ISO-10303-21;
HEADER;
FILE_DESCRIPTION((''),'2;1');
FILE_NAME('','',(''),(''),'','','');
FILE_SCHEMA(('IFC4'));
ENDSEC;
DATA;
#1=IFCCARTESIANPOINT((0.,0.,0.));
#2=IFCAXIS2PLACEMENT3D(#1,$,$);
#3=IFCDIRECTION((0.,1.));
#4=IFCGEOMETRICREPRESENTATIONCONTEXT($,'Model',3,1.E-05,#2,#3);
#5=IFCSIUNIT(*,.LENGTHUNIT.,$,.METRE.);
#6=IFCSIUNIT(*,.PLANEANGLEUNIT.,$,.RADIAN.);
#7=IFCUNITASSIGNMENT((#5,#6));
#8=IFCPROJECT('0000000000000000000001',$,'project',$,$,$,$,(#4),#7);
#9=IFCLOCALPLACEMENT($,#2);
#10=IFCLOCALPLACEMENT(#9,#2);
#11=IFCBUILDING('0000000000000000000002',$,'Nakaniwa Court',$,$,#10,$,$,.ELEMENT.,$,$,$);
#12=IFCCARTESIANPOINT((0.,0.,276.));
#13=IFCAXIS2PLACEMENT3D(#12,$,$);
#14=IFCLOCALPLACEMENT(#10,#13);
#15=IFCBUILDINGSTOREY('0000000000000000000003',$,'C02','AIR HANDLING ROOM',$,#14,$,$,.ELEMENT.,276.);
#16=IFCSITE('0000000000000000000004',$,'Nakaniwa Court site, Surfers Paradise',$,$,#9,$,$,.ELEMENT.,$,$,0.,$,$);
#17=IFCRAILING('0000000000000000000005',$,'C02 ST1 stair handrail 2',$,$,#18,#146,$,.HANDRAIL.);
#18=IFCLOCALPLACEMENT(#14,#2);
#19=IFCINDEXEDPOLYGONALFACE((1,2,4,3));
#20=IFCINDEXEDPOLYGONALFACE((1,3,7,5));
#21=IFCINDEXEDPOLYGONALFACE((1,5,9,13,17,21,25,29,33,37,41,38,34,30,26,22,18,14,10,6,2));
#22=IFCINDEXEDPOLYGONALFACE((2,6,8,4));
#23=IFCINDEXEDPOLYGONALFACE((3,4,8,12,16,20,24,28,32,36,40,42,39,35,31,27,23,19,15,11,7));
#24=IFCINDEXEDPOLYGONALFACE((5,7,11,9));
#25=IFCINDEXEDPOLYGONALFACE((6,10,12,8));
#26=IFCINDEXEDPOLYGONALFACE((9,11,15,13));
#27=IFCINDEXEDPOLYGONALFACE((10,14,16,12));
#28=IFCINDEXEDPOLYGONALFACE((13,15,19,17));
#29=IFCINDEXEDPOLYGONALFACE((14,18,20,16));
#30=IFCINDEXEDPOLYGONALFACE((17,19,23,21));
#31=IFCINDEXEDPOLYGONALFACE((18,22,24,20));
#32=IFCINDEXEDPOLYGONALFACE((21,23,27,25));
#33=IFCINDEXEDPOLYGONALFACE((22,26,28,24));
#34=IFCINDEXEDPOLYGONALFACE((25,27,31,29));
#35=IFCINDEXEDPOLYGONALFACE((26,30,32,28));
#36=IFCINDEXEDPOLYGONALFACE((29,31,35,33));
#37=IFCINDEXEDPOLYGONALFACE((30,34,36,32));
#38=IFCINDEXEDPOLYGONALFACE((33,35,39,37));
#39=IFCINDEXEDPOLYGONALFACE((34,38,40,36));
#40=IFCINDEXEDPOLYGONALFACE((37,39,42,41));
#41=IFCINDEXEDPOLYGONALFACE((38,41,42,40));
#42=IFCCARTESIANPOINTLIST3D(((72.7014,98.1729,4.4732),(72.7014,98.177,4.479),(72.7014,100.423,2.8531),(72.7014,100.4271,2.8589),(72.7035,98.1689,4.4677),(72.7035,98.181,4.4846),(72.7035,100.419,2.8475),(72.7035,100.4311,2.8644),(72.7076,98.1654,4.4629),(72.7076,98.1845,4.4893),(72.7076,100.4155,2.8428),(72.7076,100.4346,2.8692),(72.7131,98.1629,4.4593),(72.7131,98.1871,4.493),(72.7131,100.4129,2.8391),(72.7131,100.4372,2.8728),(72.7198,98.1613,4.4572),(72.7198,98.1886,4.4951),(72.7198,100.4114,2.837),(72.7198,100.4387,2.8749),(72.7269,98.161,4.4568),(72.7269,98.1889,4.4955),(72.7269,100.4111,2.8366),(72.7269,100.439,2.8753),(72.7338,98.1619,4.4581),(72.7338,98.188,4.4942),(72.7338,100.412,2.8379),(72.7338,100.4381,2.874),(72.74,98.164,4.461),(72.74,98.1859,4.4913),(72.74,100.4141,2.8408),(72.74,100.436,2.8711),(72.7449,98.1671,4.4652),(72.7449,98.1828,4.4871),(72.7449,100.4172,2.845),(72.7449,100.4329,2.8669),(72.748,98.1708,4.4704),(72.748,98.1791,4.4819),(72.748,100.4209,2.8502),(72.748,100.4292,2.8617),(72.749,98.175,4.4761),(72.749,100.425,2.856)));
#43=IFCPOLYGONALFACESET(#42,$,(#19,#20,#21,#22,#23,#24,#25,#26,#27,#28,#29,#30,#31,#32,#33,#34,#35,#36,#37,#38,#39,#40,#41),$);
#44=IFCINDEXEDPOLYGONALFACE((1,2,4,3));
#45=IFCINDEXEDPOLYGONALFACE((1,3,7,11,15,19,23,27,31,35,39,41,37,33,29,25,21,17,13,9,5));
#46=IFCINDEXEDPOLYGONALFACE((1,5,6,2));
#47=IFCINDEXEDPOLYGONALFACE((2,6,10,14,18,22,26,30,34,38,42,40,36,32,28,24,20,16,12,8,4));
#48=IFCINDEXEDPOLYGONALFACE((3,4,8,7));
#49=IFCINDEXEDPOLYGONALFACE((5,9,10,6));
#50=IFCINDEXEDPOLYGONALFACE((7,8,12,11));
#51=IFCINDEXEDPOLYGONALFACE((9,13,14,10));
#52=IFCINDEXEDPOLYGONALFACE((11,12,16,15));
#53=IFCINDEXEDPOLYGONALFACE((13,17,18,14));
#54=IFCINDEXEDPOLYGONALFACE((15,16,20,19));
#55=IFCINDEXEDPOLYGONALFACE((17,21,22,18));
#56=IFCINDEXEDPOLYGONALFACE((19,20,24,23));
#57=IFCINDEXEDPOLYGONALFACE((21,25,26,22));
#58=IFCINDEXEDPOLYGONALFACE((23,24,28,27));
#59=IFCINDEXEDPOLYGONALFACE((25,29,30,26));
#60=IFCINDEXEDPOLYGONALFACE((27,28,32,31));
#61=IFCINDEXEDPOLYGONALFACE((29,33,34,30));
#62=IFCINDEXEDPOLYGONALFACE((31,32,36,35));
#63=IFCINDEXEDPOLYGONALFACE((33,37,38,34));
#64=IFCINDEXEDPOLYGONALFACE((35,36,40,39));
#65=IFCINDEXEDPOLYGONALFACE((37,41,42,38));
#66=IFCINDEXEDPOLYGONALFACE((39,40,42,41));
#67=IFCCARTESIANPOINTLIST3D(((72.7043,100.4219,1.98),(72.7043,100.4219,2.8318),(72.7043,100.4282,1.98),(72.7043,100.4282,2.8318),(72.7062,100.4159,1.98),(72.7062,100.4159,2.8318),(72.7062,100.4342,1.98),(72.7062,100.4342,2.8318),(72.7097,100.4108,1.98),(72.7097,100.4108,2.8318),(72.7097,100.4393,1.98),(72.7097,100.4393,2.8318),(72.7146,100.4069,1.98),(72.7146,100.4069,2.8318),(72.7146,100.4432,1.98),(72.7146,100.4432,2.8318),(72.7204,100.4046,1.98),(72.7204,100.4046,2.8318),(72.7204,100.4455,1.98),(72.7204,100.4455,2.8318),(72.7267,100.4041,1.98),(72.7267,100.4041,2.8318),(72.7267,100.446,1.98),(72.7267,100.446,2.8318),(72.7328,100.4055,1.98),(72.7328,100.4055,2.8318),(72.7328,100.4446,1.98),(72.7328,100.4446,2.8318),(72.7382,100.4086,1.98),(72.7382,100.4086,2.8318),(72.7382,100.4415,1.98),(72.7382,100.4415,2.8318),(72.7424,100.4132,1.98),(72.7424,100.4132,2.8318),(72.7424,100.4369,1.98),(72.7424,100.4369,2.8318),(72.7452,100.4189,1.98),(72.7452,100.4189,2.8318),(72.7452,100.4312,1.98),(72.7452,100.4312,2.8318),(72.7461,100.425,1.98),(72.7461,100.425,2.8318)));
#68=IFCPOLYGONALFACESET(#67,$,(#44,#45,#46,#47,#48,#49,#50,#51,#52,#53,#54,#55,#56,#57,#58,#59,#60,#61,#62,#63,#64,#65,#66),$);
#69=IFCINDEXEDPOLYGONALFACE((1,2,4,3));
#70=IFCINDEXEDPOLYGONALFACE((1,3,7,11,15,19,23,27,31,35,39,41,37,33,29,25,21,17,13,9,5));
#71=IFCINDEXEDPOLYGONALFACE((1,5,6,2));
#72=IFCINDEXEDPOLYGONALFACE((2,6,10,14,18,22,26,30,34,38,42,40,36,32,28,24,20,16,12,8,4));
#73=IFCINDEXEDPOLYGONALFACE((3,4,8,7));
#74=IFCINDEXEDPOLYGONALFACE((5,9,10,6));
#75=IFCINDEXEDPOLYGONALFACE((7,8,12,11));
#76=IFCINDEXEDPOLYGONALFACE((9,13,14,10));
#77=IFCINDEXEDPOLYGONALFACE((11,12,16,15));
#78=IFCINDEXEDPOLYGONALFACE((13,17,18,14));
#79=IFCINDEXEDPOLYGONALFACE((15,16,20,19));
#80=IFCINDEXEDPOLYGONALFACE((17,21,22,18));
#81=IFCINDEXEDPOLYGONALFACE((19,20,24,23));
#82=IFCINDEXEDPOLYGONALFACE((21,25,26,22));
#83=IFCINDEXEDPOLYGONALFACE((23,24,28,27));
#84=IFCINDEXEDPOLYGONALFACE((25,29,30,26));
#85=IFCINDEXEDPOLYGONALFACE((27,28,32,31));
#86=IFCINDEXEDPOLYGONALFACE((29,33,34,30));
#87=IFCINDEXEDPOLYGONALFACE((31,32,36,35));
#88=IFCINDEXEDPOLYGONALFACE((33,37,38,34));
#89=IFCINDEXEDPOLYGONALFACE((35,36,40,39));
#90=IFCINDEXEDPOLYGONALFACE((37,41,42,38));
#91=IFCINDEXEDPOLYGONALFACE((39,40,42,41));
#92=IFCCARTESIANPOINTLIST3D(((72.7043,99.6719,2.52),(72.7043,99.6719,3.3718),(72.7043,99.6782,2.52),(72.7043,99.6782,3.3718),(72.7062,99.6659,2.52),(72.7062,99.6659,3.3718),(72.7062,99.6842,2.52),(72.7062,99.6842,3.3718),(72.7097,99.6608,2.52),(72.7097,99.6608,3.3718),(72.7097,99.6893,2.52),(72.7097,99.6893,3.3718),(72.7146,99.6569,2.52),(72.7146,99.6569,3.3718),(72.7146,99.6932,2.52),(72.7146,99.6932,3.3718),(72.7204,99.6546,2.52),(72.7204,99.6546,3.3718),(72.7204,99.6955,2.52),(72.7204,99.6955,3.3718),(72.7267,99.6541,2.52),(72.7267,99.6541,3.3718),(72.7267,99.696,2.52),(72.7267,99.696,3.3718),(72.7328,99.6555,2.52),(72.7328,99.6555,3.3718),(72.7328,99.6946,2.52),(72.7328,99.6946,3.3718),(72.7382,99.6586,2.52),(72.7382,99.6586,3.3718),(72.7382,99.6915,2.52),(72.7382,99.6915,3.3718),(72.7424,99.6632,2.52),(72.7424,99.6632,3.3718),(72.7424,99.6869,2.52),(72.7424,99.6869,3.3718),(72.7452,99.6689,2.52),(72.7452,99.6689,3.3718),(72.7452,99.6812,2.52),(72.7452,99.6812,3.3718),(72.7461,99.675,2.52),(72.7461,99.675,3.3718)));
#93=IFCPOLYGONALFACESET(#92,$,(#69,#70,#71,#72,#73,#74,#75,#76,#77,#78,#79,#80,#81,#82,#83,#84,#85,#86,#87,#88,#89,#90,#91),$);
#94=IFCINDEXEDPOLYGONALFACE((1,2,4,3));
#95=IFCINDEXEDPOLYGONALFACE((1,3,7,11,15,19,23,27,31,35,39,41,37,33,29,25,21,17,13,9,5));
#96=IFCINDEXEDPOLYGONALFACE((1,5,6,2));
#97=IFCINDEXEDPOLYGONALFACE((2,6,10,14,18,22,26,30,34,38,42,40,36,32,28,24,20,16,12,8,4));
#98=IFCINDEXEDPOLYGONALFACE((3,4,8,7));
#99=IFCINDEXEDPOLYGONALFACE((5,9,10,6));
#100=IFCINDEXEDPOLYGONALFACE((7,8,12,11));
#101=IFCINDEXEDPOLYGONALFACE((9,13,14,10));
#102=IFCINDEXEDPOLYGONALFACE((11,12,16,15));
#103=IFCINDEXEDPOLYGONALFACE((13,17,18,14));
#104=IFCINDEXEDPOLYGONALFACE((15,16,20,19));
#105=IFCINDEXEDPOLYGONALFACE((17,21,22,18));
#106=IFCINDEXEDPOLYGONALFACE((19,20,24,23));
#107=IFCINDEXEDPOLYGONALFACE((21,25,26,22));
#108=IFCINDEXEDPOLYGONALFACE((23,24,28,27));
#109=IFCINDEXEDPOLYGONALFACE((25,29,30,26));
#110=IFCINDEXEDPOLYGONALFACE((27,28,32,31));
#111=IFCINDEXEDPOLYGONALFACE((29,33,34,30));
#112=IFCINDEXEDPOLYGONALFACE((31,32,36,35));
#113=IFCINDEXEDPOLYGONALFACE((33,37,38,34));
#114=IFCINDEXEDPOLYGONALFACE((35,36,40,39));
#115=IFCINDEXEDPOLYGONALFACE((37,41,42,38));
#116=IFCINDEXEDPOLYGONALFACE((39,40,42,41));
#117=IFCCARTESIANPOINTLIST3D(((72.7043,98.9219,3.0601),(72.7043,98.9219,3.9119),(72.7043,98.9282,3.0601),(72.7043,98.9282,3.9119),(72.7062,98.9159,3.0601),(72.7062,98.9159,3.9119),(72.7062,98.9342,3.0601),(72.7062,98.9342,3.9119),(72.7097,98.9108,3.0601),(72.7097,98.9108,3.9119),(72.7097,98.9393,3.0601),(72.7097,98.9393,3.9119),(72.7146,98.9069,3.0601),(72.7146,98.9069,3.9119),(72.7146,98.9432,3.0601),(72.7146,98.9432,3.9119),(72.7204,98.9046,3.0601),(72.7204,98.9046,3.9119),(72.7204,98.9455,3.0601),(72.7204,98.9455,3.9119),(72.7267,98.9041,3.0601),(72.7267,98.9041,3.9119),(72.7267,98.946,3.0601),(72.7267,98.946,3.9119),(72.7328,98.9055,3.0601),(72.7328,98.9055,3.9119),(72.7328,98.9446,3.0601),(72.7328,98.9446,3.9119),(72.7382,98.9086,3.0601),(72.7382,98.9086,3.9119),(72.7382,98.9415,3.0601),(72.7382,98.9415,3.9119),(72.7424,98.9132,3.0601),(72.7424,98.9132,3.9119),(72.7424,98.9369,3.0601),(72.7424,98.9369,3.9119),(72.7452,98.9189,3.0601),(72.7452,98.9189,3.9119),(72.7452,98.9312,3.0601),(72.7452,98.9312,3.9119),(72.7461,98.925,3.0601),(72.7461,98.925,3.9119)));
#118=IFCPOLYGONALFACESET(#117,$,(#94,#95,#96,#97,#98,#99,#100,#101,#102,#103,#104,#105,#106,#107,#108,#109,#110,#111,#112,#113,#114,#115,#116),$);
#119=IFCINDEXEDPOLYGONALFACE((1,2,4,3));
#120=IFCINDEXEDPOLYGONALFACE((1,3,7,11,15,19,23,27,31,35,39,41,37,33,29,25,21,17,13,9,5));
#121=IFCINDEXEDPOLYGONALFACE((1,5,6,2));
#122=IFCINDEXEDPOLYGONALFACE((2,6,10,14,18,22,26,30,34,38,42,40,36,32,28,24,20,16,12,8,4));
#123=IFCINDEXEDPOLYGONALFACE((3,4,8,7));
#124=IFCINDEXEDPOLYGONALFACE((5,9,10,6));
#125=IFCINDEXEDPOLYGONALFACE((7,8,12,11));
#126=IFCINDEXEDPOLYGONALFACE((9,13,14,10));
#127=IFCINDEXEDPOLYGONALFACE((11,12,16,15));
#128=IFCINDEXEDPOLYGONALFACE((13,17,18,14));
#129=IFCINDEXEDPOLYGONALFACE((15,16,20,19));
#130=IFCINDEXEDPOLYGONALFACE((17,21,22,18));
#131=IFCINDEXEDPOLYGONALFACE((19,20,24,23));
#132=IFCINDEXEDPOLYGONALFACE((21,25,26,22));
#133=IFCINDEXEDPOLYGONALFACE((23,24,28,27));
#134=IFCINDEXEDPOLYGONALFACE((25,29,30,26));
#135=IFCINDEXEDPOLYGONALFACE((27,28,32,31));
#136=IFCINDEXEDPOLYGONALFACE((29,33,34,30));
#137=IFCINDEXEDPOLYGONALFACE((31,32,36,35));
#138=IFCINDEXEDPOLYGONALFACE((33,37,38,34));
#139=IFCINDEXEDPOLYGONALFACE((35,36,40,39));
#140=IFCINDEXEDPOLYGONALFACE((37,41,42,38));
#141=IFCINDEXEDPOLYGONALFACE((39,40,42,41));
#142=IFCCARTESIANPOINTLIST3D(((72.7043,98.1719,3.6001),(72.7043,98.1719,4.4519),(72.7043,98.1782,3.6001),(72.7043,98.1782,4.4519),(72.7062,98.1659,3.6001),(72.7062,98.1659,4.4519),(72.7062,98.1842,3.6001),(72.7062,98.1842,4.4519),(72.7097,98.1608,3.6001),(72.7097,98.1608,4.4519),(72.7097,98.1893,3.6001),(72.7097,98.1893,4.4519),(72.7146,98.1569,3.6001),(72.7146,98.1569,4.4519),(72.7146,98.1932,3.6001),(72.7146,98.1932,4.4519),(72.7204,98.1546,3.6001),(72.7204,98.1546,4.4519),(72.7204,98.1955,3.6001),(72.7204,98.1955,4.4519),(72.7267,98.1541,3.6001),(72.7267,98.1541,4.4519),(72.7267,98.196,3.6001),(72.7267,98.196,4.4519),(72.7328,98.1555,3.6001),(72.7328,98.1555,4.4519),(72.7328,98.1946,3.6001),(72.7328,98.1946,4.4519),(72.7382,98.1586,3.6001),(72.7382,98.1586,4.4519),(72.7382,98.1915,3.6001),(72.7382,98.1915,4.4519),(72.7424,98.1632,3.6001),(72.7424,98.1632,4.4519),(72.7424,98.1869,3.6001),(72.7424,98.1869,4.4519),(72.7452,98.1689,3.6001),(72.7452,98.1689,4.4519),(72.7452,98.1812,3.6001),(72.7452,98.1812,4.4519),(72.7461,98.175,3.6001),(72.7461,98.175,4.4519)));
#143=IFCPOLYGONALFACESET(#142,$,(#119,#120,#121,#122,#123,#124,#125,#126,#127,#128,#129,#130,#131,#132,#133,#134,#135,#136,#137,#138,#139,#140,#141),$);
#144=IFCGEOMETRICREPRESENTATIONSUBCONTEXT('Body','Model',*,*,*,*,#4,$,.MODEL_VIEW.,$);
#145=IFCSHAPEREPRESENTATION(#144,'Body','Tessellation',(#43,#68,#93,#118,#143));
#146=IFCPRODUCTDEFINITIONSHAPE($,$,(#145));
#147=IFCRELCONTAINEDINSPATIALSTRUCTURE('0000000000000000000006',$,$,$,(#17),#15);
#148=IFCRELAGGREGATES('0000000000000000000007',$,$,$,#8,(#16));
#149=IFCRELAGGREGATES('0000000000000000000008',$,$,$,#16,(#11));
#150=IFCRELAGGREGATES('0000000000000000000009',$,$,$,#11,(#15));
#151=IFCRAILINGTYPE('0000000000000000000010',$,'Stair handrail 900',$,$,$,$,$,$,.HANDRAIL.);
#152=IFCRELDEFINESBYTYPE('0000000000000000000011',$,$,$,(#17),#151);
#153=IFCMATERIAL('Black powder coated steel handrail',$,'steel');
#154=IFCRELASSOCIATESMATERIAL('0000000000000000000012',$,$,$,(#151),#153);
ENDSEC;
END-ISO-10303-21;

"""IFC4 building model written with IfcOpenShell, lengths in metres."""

from ifc_helpers import new_model, si_unit, direction, frame, origin, origin_2d, place, context, subcontext, project, spatial, circle, extrude, material, type_object, element, save


model = new_model("IFC4")

# Units and contexts
model_context = context("Model", 3, precision=1e-05, world=origin(), true_north=direction((0.0, 1.0)))
body_context = subcontext(model_context, "Body", "Model", "MODEL_VIEW")
ifc_project = project(units=[si_unit("LENGTHUNIT", "METRE"), si_unit("PLANEANGLEUNIT", "RADIAN")], contexts=[model_context])

# Site, building, storey
site_placement = place(None, origin())
site = spatial("IfcSite", under=ifc_project, at=site_placement, Name="Nakaniwa Court site, Surfers Paradise", CompositionType="ELEMENT", RefElevation=0.0)
building_placement = place(site_placement, origin())
building = spatial("IfcBuilding", under=site, at=building_placement, Name="Nakaniwa Court", CompositionType="ELEMENT")
storey_placement = place(building_placement, frame((0.0, 0.0, 276.0)))
storey = spatial("IfcBuildingStorey", under=building, at=storey_placement, Name="C02", Description="AIR HANDLING ROOM", CompositionType="ELEMENT", Elevation=276.0)

# Railing
ifc_material_1 = material(Name="Black powder coated steel handrail", Category="steel")
railing_type_1 = type_object("IfcRailingType", Name="Stair handrail 900", PredefinedType="HANDRAIL", material=ifc_material_1)
railing_1_placement = place(storey_placement, frame((72.7251, 100.425, 1.98)))
element("IfcRailing", 1, at=railing_1_placement, inside=storey, type_object=railing_type_1, Name="C02 ST1 stair handrail 2", PredefinedType="HANDRAIL", context=body_context, shape_type="SweptSolid", body=[
    extrude(circle(Radius=0.0239, at=origin_2d()), frame((0.0, 0.0, 0.876), z_axis=(0.0, -0.811514, 0.584333), x_axis=(1.0, 0.0, 0.0)), (0.0, 0.0, 1.0), 2.7727),
    extrude(circle(Radius=0.021, at=origin_2d()), origin(), (0.0, 0.0, 1.0), 0.8518),
    extrude(circle(Radius=0.021, at=origin_2d()), frame((0.0, -0.75, 0.54)), (0.0, 0.0, 1.0), 0.8518),
    extrude(circle(Radius=0.021, at=origin_2d()), frame((0.0, -1.5, 1.0801)), (0.0, 0.0, 1.0), 0.8518),
    extrude(circle(Radius=0.021, at=origin_2d()), frame((0.0, -2.25, 1.6201)), (0.0, 0.0, 1.0), 0.8518),
])

save(model, "model.ifc")
